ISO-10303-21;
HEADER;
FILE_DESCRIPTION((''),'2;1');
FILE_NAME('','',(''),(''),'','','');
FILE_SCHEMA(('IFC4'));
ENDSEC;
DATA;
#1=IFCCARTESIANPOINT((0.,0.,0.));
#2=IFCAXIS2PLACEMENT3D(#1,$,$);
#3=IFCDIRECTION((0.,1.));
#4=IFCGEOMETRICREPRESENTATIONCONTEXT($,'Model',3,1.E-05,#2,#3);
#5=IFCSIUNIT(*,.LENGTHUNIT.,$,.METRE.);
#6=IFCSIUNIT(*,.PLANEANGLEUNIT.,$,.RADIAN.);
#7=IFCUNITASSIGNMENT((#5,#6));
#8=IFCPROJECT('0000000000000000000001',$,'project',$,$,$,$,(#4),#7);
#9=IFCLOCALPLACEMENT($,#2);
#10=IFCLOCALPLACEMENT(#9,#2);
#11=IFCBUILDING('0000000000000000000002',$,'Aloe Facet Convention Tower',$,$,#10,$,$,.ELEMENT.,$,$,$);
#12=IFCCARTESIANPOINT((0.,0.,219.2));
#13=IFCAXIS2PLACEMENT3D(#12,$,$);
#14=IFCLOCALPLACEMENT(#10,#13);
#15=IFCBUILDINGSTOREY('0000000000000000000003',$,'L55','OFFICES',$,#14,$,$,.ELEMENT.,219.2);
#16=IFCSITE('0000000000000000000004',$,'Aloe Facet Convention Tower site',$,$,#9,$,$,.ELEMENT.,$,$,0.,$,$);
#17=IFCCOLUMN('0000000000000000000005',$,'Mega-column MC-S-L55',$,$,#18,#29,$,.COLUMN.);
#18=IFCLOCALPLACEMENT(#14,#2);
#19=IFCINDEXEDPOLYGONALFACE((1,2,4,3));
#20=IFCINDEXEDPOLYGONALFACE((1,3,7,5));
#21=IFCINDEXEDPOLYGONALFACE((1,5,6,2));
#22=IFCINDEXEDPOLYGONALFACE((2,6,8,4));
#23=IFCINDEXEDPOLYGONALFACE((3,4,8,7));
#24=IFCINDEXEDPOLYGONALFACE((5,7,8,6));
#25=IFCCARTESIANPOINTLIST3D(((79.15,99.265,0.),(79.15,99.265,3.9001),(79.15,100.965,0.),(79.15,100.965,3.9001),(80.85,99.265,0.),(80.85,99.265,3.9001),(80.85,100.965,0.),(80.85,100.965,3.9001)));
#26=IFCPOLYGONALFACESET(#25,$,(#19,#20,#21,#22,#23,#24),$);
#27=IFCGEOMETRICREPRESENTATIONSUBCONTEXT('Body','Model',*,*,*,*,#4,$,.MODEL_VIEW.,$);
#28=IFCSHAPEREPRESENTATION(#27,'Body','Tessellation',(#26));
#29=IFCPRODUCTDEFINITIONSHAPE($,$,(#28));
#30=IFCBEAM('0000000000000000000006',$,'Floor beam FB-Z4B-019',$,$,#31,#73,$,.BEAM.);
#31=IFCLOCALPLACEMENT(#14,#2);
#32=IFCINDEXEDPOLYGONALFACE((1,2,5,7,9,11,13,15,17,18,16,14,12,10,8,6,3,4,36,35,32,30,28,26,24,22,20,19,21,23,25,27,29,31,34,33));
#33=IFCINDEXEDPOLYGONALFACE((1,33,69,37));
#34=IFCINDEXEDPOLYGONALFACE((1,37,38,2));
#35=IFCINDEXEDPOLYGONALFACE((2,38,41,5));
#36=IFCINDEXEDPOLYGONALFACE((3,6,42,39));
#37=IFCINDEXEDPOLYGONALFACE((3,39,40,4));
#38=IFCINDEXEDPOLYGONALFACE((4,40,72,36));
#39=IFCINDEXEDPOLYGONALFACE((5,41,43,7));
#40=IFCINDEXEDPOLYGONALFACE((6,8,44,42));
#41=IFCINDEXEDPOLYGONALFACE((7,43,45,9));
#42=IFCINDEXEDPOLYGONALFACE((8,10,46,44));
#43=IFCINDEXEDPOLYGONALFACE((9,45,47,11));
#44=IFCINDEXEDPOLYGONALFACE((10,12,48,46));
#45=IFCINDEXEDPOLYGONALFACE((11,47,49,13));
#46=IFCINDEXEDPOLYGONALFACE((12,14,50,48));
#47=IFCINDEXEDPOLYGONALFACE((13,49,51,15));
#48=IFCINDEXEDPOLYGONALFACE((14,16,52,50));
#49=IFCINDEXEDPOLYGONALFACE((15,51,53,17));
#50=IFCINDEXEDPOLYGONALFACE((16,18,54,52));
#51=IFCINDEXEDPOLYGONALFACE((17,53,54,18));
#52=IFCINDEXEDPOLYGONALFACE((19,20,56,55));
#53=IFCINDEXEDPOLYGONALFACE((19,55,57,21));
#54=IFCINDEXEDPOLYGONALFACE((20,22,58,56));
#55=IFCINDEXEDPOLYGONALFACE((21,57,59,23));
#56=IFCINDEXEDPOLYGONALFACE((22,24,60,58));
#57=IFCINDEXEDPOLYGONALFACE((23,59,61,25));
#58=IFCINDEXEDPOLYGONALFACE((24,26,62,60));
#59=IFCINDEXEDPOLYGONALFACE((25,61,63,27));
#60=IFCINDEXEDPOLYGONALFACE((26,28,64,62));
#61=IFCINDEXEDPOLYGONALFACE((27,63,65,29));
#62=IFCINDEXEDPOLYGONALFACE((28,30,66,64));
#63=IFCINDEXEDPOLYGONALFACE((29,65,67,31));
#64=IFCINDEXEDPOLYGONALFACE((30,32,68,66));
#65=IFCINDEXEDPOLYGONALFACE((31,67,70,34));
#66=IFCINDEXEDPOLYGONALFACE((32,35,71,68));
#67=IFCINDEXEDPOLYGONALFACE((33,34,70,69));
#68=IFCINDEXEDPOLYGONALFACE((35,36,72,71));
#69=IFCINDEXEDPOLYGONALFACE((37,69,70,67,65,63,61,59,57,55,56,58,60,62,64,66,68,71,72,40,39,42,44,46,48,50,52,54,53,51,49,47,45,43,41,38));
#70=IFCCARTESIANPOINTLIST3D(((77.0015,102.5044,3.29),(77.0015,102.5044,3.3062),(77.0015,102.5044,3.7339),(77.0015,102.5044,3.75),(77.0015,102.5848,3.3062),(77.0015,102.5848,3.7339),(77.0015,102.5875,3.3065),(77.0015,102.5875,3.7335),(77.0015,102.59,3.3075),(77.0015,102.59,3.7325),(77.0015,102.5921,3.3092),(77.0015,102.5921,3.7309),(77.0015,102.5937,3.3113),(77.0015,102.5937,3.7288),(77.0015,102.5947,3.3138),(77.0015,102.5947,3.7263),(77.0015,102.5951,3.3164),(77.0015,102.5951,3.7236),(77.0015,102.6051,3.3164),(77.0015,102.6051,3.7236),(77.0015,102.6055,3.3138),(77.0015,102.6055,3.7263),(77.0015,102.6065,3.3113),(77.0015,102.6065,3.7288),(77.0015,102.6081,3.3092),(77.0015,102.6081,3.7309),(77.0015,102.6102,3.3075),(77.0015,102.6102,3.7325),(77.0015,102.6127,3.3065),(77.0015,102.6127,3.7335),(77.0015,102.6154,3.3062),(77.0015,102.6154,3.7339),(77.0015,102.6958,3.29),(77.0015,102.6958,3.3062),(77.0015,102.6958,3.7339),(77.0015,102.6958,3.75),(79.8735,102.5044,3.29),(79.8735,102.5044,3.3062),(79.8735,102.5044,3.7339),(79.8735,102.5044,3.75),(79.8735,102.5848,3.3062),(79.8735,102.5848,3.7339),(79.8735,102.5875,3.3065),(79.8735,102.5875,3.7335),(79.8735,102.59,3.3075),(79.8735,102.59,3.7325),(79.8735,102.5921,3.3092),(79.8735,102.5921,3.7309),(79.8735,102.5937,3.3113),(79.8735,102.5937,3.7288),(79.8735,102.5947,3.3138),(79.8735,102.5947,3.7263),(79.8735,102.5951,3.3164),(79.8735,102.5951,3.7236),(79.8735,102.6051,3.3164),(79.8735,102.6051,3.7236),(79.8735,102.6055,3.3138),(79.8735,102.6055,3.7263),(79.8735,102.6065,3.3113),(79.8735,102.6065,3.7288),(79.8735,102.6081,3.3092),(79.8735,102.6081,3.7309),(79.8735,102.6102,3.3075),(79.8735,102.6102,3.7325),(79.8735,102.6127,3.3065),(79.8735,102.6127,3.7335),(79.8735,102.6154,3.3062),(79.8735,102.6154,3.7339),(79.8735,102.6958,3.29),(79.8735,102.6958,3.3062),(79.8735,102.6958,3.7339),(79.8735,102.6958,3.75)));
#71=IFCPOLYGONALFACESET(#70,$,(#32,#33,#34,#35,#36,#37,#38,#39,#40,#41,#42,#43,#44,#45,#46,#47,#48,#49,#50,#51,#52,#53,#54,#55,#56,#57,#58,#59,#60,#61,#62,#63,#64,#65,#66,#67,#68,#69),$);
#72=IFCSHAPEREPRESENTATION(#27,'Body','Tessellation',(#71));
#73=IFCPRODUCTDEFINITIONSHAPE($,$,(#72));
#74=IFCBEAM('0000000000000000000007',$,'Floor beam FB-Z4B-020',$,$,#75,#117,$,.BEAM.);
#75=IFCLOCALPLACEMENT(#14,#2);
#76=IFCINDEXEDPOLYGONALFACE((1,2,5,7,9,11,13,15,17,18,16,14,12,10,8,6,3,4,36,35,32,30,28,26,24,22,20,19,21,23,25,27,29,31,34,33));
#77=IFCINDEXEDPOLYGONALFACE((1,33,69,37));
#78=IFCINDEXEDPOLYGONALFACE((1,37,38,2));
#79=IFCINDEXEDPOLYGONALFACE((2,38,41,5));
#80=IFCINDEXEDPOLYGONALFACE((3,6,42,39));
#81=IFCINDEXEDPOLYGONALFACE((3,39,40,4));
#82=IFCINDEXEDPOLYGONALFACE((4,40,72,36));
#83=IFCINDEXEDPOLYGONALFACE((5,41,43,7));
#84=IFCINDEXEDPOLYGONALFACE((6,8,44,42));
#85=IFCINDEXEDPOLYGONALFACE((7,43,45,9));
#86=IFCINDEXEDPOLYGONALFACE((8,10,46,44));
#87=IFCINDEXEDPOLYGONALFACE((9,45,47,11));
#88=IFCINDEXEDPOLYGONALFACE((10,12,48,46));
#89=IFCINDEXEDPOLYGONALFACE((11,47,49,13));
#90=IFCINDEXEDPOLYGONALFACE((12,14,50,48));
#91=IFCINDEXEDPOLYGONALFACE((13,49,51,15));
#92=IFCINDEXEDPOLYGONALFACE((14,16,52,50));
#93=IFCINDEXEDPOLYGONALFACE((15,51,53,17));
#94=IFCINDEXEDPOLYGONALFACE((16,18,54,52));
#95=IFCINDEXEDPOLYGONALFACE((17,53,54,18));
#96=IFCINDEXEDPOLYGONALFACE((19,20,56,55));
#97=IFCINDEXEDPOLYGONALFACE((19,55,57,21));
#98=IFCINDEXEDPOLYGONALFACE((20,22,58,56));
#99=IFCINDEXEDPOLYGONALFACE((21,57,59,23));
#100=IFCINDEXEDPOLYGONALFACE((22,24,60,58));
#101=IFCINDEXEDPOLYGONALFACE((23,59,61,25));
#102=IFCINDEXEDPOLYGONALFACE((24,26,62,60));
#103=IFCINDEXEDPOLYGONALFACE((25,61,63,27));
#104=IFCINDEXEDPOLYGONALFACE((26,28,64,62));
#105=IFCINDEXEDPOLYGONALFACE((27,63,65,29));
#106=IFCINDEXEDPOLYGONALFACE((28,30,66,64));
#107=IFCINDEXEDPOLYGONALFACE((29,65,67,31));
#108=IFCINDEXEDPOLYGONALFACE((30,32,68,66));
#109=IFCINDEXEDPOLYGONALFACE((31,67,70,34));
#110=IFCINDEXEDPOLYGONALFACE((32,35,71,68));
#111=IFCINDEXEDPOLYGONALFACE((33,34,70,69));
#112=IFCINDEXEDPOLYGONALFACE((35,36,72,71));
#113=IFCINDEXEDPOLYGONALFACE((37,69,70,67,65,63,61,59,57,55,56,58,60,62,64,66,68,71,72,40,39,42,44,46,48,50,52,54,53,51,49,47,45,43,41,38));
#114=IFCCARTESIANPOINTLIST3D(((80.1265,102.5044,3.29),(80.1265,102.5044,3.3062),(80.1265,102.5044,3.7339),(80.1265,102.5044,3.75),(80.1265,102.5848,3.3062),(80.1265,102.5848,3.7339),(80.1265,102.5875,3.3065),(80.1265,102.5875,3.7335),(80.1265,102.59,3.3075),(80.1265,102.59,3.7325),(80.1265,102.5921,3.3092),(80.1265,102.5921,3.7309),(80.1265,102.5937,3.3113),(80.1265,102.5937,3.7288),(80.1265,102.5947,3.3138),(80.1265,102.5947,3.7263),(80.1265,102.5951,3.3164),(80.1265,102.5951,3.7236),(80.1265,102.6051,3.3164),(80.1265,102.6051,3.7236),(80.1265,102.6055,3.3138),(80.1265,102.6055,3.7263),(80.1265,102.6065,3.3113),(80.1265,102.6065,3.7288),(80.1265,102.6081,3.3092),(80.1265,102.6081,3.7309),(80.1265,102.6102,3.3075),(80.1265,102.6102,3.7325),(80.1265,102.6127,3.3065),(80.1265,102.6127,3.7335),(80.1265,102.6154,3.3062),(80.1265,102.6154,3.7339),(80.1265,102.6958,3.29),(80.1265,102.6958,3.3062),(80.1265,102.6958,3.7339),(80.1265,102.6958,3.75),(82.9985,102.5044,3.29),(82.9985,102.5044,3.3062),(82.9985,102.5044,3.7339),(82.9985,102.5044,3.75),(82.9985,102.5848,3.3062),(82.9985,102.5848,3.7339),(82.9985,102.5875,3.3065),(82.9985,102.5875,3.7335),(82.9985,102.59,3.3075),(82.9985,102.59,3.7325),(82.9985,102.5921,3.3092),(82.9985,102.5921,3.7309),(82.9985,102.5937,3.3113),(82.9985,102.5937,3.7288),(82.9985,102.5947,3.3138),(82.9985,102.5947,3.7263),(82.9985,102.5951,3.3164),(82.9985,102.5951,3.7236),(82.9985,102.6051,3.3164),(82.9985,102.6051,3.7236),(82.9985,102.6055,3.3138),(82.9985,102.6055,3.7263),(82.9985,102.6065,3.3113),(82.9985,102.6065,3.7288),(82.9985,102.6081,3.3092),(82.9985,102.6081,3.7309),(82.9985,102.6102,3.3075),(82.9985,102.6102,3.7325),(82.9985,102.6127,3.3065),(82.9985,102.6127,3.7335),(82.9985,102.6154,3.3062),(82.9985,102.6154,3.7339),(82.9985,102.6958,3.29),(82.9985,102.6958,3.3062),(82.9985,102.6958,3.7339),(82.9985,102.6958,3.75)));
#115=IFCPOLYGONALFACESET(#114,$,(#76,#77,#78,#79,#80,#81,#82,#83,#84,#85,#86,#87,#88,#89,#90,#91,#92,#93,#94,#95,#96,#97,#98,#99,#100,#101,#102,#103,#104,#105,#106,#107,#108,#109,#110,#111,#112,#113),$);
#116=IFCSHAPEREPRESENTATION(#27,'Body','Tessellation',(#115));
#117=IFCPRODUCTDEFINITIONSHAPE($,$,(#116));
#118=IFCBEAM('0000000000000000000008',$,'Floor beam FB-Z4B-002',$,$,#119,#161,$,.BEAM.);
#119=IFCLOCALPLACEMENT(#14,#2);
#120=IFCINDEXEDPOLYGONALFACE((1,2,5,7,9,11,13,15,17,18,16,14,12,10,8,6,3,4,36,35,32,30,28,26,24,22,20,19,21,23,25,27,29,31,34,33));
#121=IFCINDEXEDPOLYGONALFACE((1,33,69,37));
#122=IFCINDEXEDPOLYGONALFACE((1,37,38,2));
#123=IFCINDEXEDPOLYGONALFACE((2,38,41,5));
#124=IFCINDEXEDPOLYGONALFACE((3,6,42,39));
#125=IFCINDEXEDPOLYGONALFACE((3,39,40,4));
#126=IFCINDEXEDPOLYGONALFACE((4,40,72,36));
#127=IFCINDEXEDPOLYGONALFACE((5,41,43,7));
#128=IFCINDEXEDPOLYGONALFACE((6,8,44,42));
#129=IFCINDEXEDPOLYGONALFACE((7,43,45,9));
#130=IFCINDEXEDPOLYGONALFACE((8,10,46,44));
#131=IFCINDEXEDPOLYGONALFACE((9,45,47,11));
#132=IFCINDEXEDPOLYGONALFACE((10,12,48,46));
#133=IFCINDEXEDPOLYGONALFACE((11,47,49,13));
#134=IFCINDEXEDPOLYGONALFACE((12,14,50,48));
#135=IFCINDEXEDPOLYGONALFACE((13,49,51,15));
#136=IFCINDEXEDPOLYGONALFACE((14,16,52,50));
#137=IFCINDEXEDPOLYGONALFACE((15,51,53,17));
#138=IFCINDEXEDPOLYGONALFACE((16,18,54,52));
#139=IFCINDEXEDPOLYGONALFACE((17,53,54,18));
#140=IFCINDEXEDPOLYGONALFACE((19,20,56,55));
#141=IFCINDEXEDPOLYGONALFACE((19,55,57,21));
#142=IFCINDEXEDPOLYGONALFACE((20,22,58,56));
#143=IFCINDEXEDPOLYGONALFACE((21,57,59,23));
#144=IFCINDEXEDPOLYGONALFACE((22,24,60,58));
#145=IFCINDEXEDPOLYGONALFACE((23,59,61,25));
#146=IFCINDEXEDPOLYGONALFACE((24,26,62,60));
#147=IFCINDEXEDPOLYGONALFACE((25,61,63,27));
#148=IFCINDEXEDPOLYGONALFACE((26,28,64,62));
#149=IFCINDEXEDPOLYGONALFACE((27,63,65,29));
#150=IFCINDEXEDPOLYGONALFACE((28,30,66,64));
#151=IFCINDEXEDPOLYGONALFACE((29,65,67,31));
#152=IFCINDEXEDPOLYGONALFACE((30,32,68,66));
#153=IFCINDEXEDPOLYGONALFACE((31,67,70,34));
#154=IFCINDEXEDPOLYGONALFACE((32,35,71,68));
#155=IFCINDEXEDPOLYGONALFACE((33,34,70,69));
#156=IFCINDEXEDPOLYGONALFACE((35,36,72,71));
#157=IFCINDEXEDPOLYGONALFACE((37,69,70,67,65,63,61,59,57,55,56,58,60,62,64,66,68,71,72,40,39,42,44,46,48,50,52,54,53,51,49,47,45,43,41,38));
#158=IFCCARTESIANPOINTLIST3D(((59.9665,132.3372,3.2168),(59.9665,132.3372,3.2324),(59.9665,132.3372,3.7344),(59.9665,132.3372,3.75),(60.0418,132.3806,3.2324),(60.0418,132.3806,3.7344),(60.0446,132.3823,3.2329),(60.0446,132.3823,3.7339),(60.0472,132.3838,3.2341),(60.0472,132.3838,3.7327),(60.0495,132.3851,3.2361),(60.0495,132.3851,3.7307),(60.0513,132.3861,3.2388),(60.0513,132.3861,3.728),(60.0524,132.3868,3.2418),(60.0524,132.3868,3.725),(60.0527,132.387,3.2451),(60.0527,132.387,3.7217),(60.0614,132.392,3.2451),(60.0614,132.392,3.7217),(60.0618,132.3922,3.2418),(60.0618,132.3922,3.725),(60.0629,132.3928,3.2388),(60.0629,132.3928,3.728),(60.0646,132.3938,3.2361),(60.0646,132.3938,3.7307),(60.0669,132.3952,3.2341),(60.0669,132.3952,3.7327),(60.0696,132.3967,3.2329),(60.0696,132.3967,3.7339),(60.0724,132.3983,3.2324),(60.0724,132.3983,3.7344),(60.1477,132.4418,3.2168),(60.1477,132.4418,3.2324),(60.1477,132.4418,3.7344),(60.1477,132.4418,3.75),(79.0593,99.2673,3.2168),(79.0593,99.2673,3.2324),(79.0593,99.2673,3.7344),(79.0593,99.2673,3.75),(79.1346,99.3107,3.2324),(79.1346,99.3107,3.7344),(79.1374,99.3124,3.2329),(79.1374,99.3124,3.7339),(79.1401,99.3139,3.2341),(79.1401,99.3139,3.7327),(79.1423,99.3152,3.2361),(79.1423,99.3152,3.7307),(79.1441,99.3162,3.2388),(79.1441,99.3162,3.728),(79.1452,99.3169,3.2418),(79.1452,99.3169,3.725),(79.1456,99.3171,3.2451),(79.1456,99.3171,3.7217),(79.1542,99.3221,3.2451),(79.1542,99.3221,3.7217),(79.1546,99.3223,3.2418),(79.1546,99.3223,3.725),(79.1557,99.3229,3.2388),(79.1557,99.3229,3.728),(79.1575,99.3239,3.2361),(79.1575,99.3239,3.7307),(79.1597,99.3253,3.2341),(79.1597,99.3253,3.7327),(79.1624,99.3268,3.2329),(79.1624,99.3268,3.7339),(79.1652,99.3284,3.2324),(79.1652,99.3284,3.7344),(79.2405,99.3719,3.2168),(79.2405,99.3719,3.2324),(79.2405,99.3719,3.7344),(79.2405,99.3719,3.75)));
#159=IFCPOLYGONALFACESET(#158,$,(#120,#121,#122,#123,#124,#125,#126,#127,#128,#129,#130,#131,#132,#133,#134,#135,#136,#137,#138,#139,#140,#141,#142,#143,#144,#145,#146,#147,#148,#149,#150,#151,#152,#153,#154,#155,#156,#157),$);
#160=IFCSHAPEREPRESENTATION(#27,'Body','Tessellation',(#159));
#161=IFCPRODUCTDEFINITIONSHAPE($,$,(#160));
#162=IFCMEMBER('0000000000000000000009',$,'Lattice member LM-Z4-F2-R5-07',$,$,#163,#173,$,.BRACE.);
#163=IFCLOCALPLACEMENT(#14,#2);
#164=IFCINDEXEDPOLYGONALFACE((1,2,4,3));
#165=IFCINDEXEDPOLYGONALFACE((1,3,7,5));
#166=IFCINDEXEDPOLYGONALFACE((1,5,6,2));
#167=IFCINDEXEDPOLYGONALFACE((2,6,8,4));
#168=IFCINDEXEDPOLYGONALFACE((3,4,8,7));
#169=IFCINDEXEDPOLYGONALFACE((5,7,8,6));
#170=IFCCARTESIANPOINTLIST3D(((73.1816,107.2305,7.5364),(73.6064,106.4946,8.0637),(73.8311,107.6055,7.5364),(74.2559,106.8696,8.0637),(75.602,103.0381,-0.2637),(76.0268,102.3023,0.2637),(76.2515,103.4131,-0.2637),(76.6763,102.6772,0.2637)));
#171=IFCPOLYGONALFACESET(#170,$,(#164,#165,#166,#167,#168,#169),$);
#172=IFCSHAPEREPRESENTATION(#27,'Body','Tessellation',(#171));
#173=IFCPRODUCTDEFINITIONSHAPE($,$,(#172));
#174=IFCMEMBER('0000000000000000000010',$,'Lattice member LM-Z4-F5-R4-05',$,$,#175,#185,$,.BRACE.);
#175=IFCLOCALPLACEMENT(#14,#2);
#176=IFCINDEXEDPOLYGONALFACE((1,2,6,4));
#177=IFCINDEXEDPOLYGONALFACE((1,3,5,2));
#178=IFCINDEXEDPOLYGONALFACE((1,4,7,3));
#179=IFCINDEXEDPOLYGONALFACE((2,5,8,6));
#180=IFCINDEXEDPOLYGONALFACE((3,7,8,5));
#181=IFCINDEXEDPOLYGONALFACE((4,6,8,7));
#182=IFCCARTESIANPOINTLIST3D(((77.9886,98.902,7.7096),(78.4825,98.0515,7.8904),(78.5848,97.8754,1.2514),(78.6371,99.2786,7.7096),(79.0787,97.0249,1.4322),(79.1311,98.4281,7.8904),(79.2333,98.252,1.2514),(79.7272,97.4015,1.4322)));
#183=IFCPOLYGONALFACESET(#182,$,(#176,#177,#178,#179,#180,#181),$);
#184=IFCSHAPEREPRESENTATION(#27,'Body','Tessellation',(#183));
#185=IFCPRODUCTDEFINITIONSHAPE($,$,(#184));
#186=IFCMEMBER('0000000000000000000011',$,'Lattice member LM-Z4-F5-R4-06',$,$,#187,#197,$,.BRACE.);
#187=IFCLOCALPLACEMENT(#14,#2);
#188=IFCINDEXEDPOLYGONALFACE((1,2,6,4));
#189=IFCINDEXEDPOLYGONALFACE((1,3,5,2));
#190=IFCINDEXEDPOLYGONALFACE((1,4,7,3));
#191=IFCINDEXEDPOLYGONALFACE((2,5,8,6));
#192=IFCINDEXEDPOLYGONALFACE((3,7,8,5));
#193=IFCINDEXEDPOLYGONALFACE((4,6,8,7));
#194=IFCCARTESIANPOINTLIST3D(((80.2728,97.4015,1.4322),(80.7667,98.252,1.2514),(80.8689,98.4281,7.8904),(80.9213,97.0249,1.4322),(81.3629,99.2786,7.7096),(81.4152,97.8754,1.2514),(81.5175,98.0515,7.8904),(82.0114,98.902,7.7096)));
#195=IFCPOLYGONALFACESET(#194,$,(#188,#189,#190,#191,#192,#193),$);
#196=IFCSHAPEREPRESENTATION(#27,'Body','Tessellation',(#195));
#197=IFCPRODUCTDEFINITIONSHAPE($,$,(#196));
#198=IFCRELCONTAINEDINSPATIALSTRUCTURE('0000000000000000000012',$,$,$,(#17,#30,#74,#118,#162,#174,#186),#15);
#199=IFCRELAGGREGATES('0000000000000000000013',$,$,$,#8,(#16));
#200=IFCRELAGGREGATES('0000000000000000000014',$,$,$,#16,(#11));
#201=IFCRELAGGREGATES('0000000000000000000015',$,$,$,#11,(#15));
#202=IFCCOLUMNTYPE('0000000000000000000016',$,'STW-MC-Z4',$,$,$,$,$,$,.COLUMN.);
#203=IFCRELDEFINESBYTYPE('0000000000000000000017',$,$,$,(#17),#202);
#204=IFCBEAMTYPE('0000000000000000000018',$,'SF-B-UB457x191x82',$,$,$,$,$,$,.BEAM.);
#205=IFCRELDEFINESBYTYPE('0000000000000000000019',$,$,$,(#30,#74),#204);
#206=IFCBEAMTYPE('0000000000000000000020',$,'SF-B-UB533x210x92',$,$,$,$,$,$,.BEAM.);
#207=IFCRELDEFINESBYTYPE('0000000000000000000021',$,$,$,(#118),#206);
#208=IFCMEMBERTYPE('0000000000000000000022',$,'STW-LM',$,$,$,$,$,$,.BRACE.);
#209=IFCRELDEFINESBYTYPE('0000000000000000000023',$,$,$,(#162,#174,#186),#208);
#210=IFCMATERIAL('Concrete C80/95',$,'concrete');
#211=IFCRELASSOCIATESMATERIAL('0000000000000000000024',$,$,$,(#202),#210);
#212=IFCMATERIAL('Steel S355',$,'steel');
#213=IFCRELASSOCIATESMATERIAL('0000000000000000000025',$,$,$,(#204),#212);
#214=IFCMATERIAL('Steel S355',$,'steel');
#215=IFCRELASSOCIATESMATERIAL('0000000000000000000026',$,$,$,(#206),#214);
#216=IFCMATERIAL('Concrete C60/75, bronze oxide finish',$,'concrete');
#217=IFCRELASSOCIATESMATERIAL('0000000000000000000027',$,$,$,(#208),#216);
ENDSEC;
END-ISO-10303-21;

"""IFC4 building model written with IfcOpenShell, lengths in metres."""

from ifc_helpers import new_model, si_unit, direction, frame, origin, origin_2d, place, context, subcontext, project, spatial, rectangle, i_section, extrude, material, material_profile, profile_set, type_object, element, save


model = new_model("IFC4")

# Units and contexts
model_context = context("Model", 3, precision=1e-05, world=origin(), true_north=direction((0.0, 1.0)))
body_context = subcontext(model_context, "Body", "Model", "MODEL_VIEW")
ifc_project = project(units=[si_unit("LENGTHUNIT", "METRE"), si_unit("PLANEANGLEUNIT", "RADIAN")], contexts=[model_context])

# Site, building, storey
site_placement = place(None, origin())
site = spatial("IfcSite", under=ifc_project, at=site_placement, Name="Aloe Facet Convention Tower site", CompositionType="ELEMENT", RefElevation=0.0)
building_placement = place(site_placement, origin())
building = spatial("IfcBuilding", under=site, at=building_placement, Name="Aloe Facet Convention Tower", CompositionType="ELEMENT")
storey_placement = place(building_placement, frame((0.0, 0.0, 219.2)))
storey = spatial("IfcBuildingStorey", under=building, at=storey_placement, Name="L55", Description="OFFICES", CompositionType="ELEMENT", Elevation=219.2)

# Column
ifc_material_1 = material(Name="Concrete C80/95", Category="concrete")
ifc_material_profile_1 = material_profile(ifc_material_1, rectangle(XDim=1.7, YDim=1.7, at=origin_2d()), Name="STW-MC-Z4")
ifc_profile_set_1 = profile_set([ifc_material_profile_1], Name="Concrete C80/95")
column_type = type_object("IfcColumnType", Name="STW-MC-Z4", PredefinedType="COLUMN", material=ifc_profile_set_1)
column_placement = place(storey_placement, frame((80.0, 100.115, 0.0), z_axis=(0.0, 0.0, 1.0), x_axis=(1.0, 0.0, 0.0)))
element("IfcColumn", 1, at=column_placement, inside=storey, type_object=column_type, Name="Mega-column MC-S-L55", PredefinedType="COLUMN", context=body_context, shape_type="SweptSolid", body=[
    extrude(rectangle(XDim=1.7, YDim=1.7, at=origin_2d()), origin(), (0.0, 0.0, 1.0), 3.9001),
])

# Beams
ifc_material_2 = material(Name="Steel S355", Category="steel")
ifc_material_profile_2 = material_profile(ifc_material_2, i_section(OverallWidth=0.1914, OverallDepth=0.46, WebThickness=0.01, FlangeThickness=0.0161, FilletRadius=0.0103, at=origin_2d()), Name="UB 457x191x82")
ifc_profile_set_2 = profile_set([ifc_material_profile_2], Name="Steel S355")
beam_type_1 = type_object("IfcBeamType", Name="SF-B-UB457x191x82", PredefinedType="BEAM", material=ifc_profile_set_2)
for number, where, z_axis, x_axis, name in (
    (2, (77.0015, 102.6001, 3.52), (1.0, 0.0, 0.0), (0.0, 1.0, 0.0), "Floor beam FB-Z4B-019"),
    (3, (80.1265, 102.6001, 3.52), (1.0, 0.0, 0.0), (0.0, 1.0, 0.0), "Floor beam FB-Z4B-020"),
):
    element("IfcBeam", number, at=place(storey_placement, frame(where, z_axis=z_axis, x_axis=x_axis)), inside=storey, type_object=beam_type_1, Name=name, PredefinedType="BEAM", context=body_context, shape_type="SweptSolid", body=[
        extrude(i_section(OverallWidth=0.1914, OverallDepth=0.46, WebThickness=0.01, FlangeThickness=0.0161, FilletRadius=0.0103, at=origin_2d()), origin(), (0.0, 0.0, 1.0), 2.8721),
    ])
ifc_material_3 = material(Name="Steel S355", Category="steel")
ifc_material_profile_3 = material_profile(ifc_material_3, i_section(OverallWidth=0.2092, OverallDepth=0.5332, WebThickness=0.01, FlangeThickness=0.0156, FilletRadius=0.0127, at=origin_2d()), Name="UB 533x210x92")
ifc_profile_set_3 = profile_set([ifc_material_profile_3], Name="Steel S355")
beam_type_2 = type_object("IfcBeamType", Name="SF-B-UB533x210x92", PredefinedType="BEAM", material=ifc_profile_set_3)
beam_placement = place(storey_placement, frame((79.1499, 99.3196, 3.4834), z_axis=(-0.499998, 0.866027, 0.0), x_axis=(-0.866027, -0.499998, 0.0)))
element("IfcBeam", 4, at=beam_placement, inside=storey, type_object=beam_type_2, Name="Floor beam FB-Z4B-002", PredefinedType="BEAM", context=body_context, shape_type="SweptSolid", body=[
    extrude(i_section(OverallWidth=0.2092, OverallDepth=0.5332, WebThickness=0.01, FlangeThickness=0.0156, FilletRadius=0.0127, at=origin_2d()), origin(), (0.0, 0.0, 1.0), 38.1858),
])

# Members
ifc_material_4 = material(Name="Concrete C60/75, bronze oxide finish", Category="concrete")
ifc_material_profile_4 = material_profile(ifc_material_4, rectangle(XDim=0.75, YDim=1.0, at=origin_2d()), Name="STW-LM")
ifc_profile_set_4 = profile_set([ifc_material_profile_4], Name="Concrete C60/75, bronze oxide finish")
member_type = type_object("IfcMemberType", Name="STW-LM", PredefinedType="BRACE", material=ifc_profile_set_4)
member_placement = place(storey_placement, frame((76.1392, 102.8577, 0.0), z_axis=(-0.263657, 0.456679, 0.849664), x_axis=(-0.866031, -0.49999, 0.0)))
element("IfcMember", 5, at=member_placement, inside=storey, type_object=member_type, Name="Lattice member LM-Z4-F2-R5-07", PredefinedType="BRACE", context=body_context, shape_type="SweptSolid", body=[
    extrude(rectangle(XDim=0.75, YDim=1.0, at=origin_2d()), origin(), (0.0, 0.0, 1.0), 9.1802),
])
for number, where, z_axis, x_axis, name in (
    (6, (79.156, 97.6384, 1.3418), (-0.090793, 0.156342, 0.983521), (-0.864754, -0.502195, 0.0), "Lattice member LM-Z4-F5-R4-05"),
    (7, (80.844, 97.6384, 1.3418), (0.090793, 0.156342, 0.983521), (-0.864754, 0.502195, 0.0), "Lattice member LM-Z4-F5-R4-06"),
):
    element("IfcMember", number, at=place(storey_placement, frame(where, z_axis=z_axis, x_axis=x_axis)), inside=storey, type_object=member_type, Name=name, PredefinedType="BRACE", context=body_context, shape_type="SweptSolid", body=[
        extrude(rectangle(XDim=0.75, YDim=1.0, at=origin_2d()), origin(), (0.0, 0.0, 1.0), 6.5664),
    ])

save(model, "model.ifc")
